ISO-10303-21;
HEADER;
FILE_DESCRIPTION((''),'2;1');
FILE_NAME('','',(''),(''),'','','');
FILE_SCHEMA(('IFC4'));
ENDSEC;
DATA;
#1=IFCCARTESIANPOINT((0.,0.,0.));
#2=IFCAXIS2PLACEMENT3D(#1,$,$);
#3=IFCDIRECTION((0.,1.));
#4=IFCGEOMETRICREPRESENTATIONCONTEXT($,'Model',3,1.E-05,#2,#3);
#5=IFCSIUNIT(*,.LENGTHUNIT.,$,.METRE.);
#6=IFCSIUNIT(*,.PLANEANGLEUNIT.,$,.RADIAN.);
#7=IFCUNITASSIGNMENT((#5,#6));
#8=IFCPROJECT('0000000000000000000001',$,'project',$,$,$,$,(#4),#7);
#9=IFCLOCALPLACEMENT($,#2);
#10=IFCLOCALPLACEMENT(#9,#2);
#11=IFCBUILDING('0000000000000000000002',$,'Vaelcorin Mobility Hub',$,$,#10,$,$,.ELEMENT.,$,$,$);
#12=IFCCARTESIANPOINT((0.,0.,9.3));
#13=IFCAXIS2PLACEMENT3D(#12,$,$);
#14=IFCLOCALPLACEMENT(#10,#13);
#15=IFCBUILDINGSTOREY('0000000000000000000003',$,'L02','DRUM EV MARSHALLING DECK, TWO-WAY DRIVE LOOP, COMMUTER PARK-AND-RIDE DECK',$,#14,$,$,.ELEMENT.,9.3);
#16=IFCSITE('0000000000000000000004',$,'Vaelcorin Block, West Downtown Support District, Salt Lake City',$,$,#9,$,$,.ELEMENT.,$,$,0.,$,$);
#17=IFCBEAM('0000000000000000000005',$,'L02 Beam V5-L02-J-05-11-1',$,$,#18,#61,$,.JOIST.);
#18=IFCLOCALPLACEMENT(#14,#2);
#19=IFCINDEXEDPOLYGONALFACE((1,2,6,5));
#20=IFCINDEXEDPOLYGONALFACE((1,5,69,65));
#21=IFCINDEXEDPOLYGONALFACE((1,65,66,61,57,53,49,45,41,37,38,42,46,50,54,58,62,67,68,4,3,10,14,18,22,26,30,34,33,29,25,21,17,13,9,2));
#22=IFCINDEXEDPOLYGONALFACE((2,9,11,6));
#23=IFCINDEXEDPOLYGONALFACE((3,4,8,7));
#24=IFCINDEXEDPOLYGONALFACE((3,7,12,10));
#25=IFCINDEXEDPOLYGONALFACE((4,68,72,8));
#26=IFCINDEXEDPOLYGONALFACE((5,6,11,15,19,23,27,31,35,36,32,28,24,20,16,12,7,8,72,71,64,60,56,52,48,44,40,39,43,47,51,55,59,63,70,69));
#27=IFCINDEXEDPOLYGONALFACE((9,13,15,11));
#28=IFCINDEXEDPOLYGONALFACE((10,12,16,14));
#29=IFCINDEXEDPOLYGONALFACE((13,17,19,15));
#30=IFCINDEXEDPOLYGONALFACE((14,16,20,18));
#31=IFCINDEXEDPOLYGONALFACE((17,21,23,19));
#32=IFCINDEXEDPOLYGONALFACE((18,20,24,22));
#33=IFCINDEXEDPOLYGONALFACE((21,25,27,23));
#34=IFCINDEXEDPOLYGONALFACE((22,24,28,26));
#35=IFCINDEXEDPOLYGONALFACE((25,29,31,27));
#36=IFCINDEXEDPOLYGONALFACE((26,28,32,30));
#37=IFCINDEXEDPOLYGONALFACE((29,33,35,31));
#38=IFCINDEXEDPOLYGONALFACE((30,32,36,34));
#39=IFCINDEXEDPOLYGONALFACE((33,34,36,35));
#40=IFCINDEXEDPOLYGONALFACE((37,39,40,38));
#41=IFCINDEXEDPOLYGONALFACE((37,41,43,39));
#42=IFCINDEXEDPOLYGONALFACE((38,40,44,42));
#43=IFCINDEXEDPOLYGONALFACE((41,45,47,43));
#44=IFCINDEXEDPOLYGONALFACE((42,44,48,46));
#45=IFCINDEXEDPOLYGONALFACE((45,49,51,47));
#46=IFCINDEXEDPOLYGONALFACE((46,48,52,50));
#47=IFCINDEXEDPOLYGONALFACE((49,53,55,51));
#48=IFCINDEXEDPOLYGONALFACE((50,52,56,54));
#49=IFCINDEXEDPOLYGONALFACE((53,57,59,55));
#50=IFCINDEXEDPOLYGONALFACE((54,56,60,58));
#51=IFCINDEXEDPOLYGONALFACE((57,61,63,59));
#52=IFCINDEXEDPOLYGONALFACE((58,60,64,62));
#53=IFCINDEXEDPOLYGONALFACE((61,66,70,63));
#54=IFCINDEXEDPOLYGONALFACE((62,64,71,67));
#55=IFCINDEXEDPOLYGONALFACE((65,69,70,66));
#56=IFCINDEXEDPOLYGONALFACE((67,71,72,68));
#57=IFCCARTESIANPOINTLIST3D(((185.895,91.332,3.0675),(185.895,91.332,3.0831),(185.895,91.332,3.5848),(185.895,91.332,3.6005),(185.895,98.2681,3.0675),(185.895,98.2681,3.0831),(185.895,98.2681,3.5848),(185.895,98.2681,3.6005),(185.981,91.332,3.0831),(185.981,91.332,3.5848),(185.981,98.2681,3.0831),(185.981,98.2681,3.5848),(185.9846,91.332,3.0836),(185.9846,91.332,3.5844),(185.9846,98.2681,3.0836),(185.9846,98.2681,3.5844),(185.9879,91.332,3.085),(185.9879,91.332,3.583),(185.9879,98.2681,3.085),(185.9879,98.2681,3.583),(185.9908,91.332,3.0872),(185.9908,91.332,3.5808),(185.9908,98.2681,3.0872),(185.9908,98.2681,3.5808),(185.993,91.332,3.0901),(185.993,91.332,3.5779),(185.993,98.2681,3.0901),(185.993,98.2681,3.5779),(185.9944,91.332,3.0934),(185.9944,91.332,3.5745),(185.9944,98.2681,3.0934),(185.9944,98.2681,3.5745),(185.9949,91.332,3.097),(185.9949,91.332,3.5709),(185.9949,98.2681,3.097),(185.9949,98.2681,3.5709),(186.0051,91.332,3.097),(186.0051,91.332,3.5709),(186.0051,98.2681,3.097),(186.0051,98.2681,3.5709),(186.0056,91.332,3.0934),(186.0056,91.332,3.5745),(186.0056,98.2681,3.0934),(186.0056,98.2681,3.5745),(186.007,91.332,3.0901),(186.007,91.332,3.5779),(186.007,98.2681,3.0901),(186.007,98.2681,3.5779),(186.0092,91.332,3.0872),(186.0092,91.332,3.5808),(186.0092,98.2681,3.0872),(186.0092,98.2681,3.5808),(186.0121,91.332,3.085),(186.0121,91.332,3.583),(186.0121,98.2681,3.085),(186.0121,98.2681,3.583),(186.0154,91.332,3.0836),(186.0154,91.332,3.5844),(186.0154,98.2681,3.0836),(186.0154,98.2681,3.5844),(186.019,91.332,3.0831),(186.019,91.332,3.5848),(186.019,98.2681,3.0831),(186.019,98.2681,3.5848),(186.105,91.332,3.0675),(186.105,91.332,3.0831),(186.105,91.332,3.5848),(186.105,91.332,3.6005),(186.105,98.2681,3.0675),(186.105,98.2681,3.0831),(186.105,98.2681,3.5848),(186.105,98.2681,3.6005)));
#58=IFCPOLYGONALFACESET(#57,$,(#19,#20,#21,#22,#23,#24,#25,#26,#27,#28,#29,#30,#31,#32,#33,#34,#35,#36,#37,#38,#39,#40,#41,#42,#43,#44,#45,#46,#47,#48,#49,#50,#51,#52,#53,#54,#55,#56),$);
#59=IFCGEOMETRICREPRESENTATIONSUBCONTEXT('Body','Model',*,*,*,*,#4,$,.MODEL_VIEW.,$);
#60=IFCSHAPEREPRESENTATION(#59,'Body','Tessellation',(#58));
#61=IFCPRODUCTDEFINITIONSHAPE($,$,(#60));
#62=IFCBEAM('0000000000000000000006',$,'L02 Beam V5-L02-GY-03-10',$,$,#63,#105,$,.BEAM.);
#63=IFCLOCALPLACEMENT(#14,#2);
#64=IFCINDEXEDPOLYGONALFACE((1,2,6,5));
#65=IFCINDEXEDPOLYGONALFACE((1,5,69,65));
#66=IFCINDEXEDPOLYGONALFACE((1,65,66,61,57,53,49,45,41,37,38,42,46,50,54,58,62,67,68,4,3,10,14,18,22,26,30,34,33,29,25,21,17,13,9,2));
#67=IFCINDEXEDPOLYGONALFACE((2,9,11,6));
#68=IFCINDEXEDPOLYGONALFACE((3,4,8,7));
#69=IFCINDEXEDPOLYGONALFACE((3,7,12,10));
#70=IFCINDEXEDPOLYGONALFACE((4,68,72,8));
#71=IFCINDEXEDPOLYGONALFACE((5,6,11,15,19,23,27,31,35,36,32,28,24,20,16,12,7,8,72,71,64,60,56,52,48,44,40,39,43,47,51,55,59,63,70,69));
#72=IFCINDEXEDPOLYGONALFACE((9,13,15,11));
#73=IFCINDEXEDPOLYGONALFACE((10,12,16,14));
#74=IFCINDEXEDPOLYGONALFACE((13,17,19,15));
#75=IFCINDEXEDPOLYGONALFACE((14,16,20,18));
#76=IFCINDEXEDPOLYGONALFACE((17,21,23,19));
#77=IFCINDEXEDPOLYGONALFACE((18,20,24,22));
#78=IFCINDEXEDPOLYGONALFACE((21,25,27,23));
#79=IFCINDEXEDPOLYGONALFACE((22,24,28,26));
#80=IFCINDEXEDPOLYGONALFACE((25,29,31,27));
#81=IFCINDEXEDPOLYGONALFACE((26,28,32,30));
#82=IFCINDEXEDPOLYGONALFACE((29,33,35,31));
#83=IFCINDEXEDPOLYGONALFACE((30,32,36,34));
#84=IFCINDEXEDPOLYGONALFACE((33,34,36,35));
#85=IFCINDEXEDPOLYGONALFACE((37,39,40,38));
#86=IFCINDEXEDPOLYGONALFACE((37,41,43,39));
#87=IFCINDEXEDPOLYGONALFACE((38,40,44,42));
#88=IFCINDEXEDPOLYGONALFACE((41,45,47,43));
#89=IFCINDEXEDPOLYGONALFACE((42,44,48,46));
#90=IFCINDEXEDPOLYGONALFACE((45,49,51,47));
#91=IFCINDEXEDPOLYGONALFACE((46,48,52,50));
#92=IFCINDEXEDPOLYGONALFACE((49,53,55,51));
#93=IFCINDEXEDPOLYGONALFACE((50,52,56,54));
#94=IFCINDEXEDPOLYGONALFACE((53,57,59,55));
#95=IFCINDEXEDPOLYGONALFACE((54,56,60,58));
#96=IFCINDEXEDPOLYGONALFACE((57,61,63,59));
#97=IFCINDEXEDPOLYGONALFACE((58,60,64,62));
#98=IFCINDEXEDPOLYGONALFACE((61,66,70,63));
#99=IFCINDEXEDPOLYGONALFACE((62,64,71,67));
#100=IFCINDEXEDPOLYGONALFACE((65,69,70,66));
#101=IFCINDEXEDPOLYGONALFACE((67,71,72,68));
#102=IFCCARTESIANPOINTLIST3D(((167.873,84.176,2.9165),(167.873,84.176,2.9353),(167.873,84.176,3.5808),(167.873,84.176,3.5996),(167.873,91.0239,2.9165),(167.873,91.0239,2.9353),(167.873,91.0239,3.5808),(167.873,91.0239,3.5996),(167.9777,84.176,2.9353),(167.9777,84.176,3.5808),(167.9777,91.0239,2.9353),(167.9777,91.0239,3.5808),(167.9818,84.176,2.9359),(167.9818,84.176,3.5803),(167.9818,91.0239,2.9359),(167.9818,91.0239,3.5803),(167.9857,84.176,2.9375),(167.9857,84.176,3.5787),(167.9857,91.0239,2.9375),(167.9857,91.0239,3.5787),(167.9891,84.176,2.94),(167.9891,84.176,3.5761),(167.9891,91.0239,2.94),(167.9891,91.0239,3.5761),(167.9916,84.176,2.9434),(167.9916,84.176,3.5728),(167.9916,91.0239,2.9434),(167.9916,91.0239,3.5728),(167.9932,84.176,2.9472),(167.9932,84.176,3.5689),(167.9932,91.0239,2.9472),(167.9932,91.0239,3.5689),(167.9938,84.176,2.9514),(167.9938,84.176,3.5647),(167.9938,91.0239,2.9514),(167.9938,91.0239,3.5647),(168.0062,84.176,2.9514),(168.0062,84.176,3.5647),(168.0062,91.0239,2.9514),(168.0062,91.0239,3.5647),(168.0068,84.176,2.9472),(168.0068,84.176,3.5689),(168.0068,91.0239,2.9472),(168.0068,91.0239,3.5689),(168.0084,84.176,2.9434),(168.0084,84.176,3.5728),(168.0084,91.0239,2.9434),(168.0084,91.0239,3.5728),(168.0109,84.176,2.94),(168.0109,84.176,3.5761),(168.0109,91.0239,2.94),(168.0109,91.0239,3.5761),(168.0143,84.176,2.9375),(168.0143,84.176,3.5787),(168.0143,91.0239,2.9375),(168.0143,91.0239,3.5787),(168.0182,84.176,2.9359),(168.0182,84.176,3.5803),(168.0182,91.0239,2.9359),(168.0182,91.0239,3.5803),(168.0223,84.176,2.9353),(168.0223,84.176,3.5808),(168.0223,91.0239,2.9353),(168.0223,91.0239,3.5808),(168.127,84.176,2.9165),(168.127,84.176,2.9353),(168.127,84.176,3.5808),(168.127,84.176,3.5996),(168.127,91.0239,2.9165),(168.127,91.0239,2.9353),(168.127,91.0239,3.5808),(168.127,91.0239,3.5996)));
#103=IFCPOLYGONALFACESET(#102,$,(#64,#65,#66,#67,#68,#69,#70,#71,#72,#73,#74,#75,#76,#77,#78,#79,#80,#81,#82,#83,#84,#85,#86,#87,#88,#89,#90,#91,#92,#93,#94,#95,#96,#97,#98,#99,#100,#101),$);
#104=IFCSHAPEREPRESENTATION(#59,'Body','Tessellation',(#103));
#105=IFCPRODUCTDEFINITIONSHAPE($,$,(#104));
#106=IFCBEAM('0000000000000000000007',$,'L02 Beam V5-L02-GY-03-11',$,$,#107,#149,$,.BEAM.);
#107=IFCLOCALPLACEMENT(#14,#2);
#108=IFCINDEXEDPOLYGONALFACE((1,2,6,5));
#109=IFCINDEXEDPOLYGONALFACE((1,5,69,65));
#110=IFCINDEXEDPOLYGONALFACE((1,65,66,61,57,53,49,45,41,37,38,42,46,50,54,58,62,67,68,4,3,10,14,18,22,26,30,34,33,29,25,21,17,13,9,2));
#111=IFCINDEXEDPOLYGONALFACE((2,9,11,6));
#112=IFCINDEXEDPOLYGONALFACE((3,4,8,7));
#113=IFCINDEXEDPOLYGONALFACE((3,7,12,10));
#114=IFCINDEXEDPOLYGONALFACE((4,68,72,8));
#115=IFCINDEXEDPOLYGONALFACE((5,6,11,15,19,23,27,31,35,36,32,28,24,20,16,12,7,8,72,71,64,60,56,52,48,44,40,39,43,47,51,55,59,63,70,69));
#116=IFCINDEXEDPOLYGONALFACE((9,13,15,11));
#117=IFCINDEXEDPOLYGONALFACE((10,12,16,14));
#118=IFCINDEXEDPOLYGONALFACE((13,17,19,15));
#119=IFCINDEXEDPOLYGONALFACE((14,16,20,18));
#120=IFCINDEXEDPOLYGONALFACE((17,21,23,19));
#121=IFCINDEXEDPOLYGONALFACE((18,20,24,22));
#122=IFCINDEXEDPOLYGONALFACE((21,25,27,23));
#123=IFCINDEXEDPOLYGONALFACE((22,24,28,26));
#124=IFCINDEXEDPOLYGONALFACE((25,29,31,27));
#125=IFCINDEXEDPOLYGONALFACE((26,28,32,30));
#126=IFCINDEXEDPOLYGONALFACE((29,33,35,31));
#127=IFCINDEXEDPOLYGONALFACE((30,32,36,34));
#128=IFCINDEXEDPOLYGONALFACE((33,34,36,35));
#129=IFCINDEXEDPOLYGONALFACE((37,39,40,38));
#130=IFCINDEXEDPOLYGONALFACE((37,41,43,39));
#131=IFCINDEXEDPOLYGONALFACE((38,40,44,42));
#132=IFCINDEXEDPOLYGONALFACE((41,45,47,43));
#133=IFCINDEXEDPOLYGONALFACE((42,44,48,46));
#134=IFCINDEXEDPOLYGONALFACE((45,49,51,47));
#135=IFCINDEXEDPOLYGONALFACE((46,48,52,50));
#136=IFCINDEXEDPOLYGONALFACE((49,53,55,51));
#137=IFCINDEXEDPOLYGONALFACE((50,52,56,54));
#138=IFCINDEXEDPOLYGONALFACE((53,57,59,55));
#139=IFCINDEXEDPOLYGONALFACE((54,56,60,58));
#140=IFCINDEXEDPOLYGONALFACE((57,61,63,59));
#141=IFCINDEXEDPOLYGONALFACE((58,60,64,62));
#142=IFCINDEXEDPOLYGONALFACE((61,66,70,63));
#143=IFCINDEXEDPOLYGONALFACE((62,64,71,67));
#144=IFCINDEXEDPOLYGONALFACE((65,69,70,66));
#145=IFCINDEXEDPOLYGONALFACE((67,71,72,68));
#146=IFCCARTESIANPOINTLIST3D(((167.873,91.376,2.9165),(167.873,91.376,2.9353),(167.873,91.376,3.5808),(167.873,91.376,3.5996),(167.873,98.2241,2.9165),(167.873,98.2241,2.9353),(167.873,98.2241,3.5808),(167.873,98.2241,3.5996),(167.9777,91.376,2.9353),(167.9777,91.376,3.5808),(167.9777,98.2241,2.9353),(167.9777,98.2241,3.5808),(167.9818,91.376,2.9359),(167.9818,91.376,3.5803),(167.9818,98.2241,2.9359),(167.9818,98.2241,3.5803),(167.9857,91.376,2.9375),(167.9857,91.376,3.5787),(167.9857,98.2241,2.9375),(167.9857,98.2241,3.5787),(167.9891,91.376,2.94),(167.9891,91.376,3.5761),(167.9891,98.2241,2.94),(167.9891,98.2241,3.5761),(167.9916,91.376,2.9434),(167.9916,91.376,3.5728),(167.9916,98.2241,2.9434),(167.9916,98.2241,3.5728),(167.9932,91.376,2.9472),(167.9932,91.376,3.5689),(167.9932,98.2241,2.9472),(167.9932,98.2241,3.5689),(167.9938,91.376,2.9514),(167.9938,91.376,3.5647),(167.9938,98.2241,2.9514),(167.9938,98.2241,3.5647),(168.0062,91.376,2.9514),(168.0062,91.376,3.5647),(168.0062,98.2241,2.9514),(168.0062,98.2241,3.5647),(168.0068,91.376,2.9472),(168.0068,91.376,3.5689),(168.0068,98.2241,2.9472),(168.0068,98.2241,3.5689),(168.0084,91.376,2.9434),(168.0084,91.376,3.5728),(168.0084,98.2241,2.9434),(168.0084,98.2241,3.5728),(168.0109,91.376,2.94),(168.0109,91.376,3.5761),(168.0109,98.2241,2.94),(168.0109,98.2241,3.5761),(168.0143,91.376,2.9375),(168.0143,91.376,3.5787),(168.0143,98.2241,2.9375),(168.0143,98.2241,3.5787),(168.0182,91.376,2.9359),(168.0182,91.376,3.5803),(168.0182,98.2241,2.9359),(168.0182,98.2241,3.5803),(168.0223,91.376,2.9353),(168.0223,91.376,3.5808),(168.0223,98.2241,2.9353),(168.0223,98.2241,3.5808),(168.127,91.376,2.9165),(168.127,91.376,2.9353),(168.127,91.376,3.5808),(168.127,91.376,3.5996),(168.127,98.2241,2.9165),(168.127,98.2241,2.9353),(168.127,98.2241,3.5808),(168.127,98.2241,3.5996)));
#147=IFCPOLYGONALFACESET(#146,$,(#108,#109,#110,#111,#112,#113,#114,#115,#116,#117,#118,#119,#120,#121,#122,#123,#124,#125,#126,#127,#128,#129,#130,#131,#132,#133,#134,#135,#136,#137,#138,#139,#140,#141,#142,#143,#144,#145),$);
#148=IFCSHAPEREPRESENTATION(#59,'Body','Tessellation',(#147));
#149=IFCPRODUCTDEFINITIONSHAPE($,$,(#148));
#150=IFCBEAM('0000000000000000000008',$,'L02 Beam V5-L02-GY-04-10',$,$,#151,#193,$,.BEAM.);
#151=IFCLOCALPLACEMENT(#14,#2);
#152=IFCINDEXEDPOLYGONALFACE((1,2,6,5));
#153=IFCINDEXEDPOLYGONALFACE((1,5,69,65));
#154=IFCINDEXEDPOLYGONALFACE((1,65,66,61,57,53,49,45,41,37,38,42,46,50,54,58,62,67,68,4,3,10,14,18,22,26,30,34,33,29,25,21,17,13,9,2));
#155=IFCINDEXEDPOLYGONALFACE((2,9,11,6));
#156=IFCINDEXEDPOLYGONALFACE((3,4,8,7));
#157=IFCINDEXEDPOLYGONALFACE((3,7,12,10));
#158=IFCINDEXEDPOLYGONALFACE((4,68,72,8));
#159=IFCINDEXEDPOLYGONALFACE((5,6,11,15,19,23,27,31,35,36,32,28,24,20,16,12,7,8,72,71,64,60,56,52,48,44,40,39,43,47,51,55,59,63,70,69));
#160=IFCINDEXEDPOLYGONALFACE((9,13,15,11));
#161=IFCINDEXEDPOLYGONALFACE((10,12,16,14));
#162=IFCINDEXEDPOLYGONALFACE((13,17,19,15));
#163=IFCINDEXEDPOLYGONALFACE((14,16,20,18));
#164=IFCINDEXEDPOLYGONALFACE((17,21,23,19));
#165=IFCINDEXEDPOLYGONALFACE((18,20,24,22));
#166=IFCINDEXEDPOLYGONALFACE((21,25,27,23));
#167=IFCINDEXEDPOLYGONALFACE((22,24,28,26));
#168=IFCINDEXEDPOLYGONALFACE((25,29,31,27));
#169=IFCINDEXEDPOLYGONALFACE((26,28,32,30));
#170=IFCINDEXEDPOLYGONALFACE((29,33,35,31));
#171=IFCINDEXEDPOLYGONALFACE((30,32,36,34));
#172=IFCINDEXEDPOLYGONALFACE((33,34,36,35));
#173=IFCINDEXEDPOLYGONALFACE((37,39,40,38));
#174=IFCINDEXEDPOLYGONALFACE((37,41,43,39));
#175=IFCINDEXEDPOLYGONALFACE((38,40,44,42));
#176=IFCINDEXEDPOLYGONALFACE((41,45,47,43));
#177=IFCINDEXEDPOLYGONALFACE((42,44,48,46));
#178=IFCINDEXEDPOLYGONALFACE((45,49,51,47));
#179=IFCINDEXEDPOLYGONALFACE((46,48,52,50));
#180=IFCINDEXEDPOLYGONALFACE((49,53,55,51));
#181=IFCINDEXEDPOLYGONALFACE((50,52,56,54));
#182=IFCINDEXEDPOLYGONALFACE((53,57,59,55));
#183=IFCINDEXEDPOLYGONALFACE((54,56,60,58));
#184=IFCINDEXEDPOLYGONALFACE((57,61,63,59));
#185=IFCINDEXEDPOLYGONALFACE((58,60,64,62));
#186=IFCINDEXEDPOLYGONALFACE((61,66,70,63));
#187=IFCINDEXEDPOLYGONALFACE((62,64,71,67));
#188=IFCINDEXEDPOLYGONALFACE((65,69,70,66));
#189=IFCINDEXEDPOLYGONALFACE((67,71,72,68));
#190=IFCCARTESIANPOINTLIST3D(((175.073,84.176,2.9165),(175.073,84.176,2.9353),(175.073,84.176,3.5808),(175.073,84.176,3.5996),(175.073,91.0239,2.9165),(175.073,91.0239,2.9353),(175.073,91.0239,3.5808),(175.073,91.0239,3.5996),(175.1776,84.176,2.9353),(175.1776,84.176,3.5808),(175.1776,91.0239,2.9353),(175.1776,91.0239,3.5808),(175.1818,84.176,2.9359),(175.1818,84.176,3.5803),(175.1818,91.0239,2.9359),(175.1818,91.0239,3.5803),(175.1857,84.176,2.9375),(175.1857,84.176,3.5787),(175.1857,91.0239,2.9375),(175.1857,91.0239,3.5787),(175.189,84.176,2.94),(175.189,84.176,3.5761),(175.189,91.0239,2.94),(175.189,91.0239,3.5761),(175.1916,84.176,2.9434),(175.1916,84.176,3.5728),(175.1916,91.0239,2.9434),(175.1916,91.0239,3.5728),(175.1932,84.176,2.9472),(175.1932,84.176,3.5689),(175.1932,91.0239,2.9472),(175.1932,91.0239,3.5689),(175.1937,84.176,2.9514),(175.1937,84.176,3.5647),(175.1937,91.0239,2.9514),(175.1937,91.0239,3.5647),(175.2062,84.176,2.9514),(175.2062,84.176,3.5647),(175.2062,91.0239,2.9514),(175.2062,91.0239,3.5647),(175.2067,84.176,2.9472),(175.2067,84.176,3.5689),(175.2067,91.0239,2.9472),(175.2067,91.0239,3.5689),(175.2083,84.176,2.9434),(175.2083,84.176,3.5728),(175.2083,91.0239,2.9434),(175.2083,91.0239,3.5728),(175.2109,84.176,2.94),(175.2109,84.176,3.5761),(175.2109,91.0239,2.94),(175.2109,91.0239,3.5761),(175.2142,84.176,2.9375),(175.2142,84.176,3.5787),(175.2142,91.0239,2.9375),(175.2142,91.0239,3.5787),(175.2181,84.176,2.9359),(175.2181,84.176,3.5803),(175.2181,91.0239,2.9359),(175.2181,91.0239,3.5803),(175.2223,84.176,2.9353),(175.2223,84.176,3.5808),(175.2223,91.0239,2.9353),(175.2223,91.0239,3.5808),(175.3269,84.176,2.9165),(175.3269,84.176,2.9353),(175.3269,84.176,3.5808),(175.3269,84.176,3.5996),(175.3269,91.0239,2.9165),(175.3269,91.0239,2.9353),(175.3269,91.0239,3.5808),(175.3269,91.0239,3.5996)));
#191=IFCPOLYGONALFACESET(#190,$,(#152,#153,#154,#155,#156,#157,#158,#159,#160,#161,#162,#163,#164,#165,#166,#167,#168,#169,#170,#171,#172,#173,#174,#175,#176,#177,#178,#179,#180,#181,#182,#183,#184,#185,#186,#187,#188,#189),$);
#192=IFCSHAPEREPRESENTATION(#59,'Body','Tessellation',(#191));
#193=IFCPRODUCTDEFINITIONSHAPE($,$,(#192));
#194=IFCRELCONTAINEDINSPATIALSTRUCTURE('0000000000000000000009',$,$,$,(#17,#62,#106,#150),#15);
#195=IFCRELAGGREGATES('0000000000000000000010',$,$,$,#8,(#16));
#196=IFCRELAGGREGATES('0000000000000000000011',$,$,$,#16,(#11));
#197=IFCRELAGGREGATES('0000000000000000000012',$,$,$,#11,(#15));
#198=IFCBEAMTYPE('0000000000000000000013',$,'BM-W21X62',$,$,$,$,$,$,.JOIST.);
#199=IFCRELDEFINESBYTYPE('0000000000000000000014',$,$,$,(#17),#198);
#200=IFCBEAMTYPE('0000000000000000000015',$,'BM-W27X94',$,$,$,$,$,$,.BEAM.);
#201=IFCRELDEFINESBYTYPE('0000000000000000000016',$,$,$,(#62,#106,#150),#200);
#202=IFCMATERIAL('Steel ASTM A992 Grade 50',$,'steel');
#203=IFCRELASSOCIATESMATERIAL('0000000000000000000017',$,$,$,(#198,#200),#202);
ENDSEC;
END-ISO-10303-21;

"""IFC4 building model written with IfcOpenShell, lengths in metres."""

from ifc_helpers import new_model, si_unit, direction, frame, origin, origin_2d, place, context, subcontext, project, spatial, i_section, extrude, material, material_profile, profile_set, type_object, element, save


model = new_model("IFC4")

# Units and contexts
model_context = context("Model", 3, precision=1e-05, world=origin(), true_north=direction((0.0, 1.0)))
body_context = subcontext(model_context, "Body", "Model", "MODEL_VIEW")
ifc_project = project(units=[si_unit("LENGTHUNIT", "METRE"), si_unit("PLANEANGLEUNIT", "RADIAN")], contexts=[model_context])

# Site, building, storey
site_placement = place(None, origin())
site = spatial("IfcSite", under=ifc_project, at=site_placement, Name="Vaelcorin Block, West Downtown Support District, Salt Lake City", CompositionType="ELEMENT", RefElevation=0.0)
building_placement = place(site_placement, origin())
building = spatial("IfcBuilding", under=site, at=building_placement, Name="Vaelcorin Mobility Hub", CompositionType="ELEMENT")
storey_placement = place(building_placement, frame((0.0, 0.0, 9.3)))
storey = spatial("IfcBuildingStorey", under=building, at=storey_placement, Name="L02", Description="DRUM EV MARSHALLING DECK, TWO-WAY DRIVE LOOP, COMMUTER PARK-AND-RIDE DECK", CompositionType="ELEMENT", Elevation=9.3)

# Shared definitions
ifc_material_1 = material(Name="Steel ASTM A992 Grade 50", Category="steel")

# Beams
ifc_material_profile_1 = material_profile(ifc_material_1, i_section(OverallWidth=0.21, OverallDepth=0.533, WebThickness=0.0103, FlangeThickness=0.0156, FilletRadius=0.0139, at=origin_2d()), Name="W21X62")
ifc_profile_set_1 = profile_set([ifc_material_profile_1], Name="Steel ASTM A992 Grade 50")
beam_type_1 = type_object("IfcBeamType", Name="BM-W21X62", PredefinedType="JOIST", material=ifc_profile_set_1)
for number, where, z_axis, x_axis, name in (
    (1, (186.0, 91.332, 3.334), (0.0, 1.0, 0.0), (-1.0, 0.0, 0.0), "L02 Beam V5-L02-J-05-11-1"),
):
    element("IfcBeam", number, at=place(storey_placement, frame(where, z_axis=z_axis, x_axis=x_axis)), inside=storey, type_object=beam_type_1, Name=name, PredefinedType="JOIST", context=body_context, shape_type="SweptSolid", body=[
        extrude(i_section(OverallWidth=0.21, OverallDepth=0.533, WebThickness=0.0103, FlangeThickness=0.0156, FilletRadius=0.0139, at=origin_2d()), origin(), (0.0, 0.0, 1.0), 6.936),
    ])
ifc_material_profile_2 = material_profile(ifc_material_1, i_section(OverallWidth=0.2539, OverallDepth=0.6831, WebThickness=0.0125, FlangeThickness=0.0188, FilletRadius=0.0161, at=origin_2d()), Name="W27X94")
ifc_profile_set_2 = profile_set([ifc_material_profile_2], Name="Steel ASTM A992 Grade 50")
beam_type_2 = type_object("IfcBeamType", Name="BM-W27X94", PredefinedType="BEAM", material=ifc_profile_set_2)
beam_1_placement = place(storey_placement, frame((168.0, 84.176, 3.2581), z_axis=(0.0, 1.0, 0.0), x_axis=(-1.0, 0.0, 0.0)))
element("IfcBeam", 2, at=beam_1_placement, inside=storey, type_object=beam_type_2, Name="L02 Beam V5-L02-GY-03-10", PredefinedType="BEAM", context=body_context, shape_type="SweptSolid", body=[
    extrude(i_section(OverallWidth=0.2539, OverallDepth=0.6831, WebThickness=0.0125, FlangeThickness=0.0188, FilletRadius=0.0161, at=origin_2d()), origin(), (0.0, 0.0, 1.0), 6.8479),
])
beam_2_placement = place(storey_placement, frame((168.0, 91.376, 3.2581), z_axis=(0.0, 1.0, 0.0), x_axis=(-1.0, 0.0, 0.0)))
element("IfcBeam", 3, at=beam_2_placement, inside=storey, type_object=beam_type_2, Name="L02 Beam V5-L02-GY-03-11", PredefinedType="BEAM", context=body_context, shape_type="SweptSolid", body=[
    extrude(i_section(OverallWidth=0.2539, OverallDepth=0.6831, WebThickness=0.0125, FlangeThickness=0.0188, FilletRadius=0.0161, at=origin_2d()), origin(), (0.0, 0.0, 1.0), 6.8481),
])
beam_3_placement = place(storey_placement, frame((175.2, 84.176, 3.2581), z_axis=(0.0, 1.0, 0.0), x_axis=(-1.0, 0.0, 0.0)))
element("IfcBeam", 4, at=beam_3_placement, inside=storey, type_object=beam_type_2, Name="L02 Beam V5-L02-GY-04-10", PredefinedType="BEAM", context=body_context, shape_type="SweptSolid", body=[
    extrude(i_section(OverallWidth=0.2539, OverallDepth=0.6831, WebThickness=0.0125, FlangeThickness=0.0188, FilletRadius=0.0161, at=origin_2d()), origin(), (0.0, 0.0, 1.0), 6.8479),
])

save(model, "model.ifc")
